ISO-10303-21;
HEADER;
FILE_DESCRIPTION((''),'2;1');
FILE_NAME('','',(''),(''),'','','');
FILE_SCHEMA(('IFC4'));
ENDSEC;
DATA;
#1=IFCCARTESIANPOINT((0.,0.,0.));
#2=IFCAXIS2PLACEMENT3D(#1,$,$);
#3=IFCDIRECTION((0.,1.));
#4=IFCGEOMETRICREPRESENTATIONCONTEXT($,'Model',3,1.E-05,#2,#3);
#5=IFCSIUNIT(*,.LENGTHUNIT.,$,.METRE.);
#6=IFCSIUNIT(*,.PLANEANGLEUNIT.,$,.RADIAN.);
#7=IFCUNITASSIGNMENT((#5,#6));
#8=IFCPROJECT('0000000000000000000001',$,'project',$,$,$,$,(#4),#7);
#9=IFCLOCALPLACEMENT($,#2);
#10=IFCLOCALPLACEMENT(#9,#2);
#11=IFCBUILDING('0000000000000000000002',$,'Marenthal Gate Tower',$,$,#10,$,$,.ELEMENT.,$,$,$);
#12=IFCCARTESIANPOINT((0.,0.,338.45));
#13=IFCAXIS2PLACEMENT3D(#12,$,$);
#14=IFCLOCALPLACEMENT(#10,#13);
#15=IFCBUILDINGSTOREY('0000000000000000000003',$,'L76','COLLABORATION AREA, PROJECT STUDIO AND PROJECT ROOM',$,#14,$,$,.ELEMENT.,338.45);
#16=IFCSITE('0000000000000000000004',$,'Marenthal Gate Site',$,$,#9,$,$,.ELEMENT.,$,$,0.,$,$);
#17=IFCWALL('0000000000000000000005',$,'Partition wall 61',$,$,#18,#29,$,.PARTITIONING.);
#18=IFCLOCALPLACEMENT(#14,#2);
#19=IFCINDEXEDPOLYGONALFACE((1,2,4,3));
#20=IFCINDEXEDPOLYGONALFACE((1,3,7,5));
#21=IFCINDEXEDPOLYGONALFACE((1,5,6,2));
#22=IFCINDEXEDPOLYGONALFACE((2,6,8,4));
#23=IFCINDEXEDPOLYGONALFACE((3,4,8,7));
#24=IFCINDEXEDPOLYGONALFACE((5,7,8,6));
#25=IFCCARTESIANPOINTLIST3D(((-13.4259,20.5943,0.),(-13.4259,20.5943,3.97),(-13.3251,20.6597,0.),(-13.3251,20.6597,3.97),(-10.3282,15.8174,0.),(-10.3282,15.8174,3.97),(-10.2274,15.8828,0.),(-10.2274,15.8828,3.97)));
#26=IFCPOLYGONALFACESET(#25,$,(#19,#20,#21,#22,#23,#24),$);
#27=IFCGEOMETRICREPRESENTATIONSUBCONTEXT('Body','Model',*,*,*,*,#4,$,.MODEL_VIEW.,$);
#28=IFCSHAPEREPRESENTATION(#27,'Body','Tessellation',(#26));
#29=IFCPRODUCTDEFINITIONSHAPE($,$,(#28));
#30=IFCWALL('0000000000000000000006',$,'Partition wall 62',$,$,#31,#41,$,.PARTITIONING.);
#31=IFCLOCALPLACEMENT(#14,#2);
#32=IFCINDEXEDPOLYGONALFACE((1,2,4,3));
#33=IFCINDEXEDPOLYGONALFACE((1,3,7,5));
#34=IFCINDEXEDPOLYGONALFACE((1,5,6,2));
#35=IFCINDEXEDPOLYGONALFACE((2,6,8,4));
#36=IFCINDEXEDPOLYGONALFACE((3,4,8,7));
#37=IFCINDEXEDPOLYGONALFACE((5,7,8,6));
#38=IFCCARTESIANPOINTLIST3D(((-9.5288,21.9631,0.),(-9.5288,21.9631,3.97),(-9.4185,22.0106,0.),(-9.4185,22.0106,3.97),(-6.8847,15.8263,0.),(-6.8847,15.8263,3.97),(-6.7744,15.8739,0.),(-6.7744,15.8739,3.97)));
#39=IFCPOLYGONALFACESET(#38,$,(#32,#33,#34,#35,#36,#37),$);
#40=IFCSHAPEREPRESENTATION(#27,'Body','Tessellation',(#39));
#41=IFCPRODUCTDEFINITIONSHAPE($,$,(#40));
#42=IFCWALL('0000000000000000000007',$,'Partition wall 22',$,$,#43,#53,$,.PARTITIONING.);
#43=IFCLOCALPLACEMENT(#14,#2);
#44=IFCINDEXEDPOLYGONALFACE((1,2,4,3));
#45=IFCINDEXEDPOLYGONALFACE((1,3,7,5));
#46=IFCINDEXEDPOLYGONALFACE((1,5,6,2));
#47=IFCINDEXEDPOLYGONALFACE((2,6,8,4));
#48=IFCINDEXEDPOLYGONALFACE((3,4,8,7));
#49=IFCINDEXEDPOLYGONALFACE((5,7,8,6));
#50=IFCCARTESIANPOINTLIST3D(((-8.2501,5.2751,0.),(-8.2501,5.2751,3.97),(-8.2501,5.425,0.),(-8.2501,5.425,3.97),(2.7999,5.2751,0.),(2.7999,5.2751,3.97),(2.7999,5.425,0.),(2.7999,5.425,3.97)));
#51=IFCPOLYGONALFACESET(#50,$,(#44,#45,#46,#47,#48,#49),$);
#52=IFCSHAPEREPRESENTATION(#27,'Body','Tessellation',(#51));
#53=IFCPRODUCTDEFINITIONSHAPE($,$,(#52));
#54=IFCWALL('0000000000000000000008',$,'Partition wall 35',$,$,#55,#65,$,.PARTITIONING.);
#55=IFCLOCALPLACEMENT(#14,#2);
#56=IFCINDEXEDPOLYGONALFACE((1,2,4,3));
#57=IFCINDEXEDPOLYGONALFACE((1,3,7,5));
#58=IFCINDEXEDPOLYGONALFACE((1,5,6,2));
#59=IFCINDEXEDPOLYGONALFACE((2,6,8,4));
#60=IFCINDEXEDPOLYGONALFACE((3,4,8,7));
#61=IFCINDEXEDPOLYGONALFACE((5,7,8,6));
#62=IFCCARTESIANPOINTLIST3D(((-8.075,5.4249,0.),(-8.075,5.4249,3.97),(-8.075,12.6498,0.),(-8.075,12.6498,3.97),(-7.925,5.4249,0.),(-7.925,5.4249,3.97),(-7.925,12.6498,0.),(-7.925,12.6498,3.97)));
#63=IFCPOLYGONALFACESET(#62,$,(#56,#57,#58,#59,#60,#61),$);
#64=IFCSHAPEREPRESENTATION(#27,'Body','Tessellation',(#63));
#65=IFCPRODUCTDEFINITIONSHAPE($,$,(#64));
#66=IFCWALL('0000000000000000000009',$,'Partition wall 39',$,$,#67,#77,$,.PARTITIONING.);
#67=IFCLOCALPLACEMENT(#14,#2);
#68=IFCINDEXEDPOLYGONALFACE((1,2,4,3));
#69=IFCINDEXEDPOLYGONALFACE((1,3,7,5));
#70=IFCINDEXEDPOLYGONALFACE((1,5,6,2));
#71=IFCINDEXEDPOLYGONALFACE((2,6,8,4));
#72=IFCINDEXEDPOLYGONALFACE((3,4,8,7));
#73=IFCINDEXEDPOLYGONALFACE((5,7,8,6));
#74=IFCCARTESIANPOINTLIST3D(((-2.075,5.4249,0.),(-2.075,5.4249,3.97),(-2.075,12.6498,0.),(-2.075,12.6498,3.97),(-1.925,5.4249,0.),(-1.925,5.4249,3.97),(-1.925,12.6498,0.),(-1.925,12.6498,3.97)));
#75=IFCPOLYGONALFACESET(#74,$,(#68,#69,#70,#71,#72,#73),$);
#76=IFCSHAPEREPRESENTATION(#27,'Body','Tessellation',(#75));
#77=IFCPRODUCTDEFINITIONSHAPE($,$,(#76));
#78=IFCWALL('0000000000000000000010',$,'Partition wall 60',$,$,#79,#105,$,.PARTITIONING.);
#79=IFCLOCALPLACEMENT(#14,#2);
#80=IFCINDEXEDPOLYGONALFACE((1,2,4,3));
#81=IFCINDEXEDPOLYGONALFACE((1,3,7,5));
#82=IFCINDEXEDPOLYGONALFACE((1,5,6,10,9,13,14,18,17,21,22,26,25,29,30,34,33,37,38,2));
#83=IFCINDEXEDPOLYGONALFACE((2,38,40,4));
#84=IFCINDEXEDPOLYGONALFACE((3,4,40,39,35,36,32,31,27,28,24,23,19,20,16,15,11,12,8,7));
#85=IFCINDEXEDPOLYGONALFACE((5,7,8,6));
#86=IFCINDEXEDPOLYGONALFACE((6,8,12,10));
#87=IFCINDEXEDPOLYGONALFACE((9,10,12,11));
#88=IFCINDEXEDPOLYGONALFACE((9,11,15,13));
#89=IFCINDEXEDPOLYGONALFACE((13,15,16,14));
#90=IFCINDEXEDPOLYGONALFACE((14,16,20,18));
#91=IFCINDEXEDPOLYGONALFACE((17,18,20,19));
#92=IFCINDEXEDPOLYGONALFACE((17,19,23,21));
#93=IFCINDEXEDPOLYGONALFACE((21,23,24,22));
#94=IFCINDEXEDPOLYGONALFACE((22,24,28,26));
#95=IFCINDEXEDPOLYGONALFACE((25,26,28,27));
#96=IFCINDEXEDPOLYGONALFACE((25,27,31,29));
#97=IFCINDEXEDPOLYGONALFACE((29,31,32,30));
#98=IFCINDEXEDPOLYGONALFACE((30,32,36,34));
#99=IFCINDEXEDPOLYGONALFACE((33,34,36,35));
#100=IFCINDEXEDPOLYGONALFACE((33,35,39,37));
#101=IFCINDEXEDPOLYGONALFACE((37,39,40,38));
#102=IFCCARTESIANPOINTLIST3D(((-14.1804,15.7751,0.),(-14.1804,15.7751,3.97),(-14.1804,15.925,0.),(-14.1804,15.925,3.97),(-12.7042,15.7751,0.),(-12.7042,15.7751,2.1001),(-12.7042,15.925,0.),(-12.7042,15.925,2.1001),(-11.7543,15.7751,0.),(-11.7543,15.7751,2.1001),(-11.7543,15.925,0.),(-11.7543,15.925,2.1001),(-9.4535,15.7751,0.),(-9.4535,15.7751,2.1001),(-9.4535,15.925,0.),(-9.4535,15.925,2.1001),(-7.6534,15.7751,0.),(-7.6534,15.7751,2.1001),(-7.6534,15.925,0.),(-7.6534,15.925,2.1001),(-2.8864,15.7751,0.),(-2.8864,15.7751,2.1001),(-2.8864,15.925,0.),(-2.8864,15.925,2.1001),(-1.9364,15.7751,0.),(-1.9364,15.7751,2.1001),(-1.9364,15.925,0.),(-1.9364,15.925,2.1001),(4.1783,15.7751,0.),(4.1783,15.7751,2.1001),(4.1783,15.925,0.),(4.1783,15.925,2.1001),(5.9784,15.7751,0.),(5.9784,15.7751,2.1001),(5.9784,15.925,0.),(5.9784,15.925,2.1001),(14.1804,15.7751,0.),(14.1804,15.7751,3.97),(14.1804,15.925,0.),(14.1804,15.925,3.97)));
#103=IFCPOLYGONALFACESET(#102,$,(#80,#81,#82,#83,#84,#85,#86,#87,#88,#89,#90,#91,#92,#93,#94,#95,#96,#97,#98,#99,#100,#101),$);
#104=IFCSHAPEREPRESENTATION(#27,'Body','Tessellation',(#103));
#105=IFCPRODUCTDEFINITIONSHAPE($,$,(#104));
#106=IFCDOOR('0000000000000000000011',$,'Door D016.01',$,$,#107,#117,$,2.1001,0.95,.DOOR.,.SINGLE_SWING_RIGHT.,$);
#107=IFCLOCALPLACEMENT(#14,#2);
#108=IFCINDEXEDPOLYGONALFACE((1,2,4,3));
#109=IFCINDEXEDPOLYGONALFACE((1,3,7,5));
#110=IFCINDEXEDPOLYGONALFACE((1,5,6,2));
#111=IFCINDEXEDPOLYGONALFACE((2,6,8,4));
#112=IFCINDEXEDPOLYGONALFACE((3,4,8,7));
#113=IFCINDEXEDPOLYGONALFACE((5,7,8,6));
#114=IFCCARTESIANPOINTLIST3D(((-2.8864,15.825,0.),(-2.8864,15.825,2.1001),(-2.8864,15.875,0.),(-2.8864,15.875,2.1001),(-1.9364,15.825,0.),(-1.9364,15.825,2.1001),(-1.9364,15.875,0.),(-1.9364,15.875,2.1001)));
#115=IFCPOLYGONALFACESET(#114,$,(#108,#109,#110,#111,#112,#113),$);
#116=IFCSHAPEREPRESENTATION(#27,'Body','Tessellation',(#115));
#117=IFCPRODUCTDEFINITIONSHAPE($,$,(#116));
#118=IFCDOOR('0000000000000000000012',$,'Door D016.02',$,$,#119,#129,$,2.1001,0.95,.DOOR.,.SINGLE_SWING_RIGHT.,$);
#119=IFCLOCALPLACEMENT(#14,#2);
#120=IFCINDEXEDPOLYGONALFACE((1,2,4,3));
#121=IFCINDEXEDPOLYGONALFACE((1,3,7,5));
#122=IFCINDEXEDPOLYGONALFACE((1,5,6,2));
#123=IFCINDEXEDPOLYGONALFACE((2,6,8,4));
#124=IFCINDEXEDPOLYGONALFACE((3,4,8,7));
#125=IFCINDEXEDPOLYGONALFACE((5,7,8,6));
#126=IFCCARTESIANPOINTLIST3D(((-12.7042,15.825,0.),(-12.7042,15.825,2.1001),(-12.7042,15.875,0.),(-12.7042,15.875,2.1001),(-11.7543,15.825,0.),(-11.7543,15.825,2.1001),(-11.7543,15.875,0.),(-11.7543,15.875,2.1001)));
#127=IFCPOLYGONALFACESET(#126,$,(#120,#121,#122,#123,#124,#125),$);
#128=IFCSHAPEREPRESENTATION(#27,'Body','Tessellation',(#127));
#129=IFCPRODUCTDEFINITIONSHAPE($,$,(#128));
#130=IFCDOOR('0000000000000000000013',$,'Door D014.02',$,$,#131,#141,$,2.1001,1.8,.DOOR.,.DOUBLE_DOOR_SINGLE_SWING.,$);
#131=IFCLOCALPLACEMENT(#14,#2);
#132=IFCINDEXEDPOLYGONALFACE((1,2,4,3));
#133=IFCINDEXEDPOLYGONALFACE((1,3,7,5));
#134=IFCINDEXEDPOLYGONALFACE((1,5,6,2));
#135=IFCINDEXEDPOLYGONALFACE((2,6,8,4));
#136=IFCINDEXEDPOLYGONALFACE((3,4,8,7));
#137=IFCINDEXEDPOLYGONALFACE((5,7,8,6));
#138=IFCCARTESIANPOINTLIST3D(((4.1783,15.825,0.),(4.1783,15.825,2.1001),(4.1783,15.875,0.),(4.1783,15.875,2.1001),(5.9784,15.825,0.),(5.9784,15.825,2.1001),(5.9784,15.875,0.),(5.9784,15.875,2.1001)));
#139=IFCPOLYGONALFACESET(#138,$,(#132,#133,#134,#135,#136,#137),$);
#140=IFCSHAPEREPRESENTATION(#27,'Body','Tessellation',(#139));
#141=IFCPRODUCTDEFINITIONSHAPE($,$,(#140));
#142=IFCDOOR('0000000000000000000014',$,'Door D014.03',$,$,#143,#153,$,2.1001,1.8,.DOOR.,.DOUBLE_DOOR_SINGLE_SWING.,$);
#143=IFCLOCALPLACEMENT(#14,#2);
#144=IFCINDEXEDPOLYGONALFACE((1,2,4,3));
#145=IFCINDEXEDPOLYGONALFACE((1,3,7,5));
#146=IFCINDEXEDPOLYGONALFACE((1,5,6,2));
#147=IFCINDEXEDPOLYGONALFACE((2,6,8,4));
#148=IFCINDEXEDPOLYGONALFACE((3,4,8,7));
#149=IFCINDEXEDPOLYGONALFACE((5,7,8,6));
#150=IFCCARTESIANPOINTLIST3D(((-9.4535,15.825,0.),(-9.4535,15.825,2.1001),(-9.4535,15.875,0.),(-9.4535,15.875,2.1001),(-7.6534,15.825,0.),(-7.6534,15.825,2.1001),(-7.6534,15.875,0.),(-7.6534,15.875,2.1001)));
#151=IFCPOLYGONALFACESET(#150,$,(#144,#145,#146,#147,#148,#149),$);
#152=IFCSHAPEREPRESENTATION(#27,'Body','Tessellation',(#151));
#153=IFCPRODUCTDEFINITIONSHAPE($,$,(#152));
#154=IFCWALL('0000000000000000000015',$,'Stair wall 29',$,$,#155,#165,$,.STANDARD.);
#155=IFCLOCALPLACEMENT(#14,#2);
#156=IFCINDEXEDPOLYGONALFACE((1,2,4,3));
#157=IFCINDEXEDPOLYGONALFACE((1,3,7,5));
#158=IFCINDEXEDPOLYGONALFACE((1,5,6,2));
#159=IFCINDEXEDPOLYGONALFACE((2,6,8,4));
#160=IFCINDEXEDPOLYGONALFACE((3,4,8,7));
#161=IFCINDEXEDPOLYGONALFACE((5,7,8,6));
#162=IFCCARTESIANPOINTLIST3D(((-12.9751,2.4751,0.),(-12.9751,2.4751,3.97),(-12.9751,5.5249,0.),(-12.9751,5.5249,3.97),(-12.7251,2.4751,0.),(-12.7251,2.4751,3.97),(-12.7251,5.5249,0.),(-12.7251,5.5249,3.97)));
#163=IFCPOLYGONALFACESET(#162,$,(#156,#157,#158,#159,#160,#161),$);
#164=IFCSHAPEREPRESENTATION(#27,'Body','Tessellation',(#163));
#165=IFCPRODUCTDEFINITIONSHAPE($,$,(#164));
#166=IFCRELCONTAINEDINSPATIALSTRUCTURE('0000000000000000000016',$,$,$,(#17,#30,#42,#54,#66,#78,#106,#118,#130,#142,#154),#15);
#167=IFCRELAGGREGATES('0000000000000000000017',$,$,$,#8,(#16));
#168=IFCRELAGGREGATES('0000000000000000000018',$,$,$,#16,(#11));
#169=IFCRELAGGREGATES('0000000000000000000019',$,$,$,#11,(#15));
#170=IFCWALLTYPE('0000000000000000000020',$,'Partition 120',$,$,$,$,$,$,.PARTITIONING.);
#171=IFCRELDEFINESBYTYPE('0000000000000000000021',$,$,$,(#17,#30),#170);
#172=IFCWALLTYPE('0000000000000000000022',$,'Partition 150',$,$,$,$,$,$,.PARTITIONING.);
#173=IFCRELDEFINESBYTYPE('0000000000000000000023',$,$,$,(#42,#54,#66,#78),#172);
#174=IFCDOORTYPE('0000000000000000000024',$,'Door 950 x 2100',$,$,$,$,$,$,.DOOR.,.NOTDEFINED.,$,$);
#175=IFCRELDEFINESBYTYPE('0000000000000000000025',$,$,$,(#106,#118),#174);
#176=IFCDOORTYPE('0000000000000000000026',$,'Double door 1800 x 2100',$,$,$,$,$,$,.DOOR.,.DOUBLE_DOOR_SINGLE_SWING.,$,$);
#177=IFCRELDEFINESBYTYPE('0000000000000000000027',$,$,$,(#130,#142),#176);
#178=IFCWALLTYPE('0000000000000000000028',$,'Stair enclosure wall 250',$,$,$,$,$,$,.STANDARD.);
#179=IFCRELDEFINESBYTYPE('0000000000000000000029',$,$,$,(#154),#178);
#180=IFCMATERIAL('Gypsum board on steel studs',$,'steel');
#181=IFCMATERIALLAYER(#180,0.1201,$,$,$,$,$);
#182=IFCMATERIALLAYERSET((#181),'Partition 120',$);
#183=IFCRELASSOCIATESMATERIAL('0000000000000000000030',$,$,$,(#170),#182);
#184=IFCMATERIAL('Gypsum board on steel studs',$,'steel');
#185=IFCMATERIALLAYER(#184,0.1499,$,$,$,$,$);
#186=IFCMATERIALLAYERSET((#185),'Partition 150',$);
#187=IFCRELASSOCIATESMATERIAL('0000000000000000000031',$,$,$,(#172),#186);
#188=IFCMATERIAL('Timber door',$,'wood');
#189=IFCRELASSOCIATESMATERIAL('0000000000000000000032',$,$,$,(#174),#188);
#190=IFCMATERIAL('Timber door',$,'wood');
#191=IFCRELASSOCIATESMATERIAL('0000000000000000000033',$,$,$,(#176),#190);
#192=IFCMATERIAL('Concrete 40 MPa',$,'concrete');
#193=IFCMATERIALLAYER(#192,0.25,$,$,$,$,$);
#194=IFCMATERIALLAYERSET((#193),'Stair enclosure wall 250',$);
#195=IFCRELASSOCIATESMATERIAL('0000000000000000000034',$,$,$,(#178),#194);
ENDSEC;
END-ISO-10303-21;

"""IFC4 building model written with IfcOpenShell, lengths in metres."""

from ifc_helpers import new_model, si_unit, direction, frame, frame_2d, origin, place, context, subcontext, project, spatial, rectangle, extrude, material, layer, layer_set, type_object, element, fill, save


model = new_model("IFC4")

# Units and contexts
model_context = context("Model", 3, precision=1e-05, world=origin(), true_north=direction((0.0, 1.0)))
body_context = subcontext(model_context, "Body", "Model", "MODEL_VIEW")
ifc_project = project(units=[si_unit("LENGTHUNIT", "METRE"), si_unit("PLANEANGLEUNIT", "RADIAN")], contexts=[model_context])

# Site, building, storey
site_placement = place(None, origin())
site = spatial("IfcSite", under=ifc_project, at=site_placement, Name="Marenthal Gate Site", CompositionType="ELEMENT", RefElevation=0.0)
building_placement = place(site_placement, origin())
building = spatial("IfcBuilding", under=site, at=building_placement, Name="Marenthal Gate Tower", CompositionType="ELEMENT")
storey_placement = place(building_placement, frame((0.0, 0.0, 338.45)))
storey = spatial("IfcBuildingStorey", under=building, at=storey_placement, Name="L76", Description="COLLABORATION AREA, PROJECT STUDIO AND PROJECT ROOM", CompositionType="ELEMENT", Elevation=338.45)

# Walls
ifc_material_1 = material(Name="Gypsum board on steel studs", Category="steel")
ifc_layer_1 = layer(ifc_material_1, 0.1201)
ifc_layer_set_1 = layer_set([ifc_layer_1], Name="Partition 120")
wall_type_1 = type_object("IfcWallType", Name="Partition 120", PredefinedType="PARTITIONING", material=ifc_layer_set_1)
wall_1_placement = place(storey_placement, frame((-10.2778, 15.8501, 0.0), z_axis=(0.0, 0.0, 1.0), x_axis=(-0.544087, 0.839029, 0.0)))
element("IfcWall", 1, at=wall_1_placement, inside=storey, type_object=wall_type_1, Name="Partition wall 61", PredefinedType="PARTITIONING", context=body_context, shape_type="SweptSolid", body=[
    extrude(rectangle(XDim=5.6934, YDim=0.1201, at=frame_2d((2.8467, 0.0))), origin(), (0.0, 0.0, 1.0), 3.97),
])
wall_2_placement = place(storey_placement, frame((-6.8296, 15.8501, 0.0), z_axis=(0.0, 0.0, 1.0), x_axis=(-0.395691, 0.918384, 0.0)))
element("IfcWall", 2, at=wall_2_placement, inside=storey, type_object=wall_type_1, Name="Partition wall 62", PredefinedType="PARTITIONING", context=body_context, shape_type="SweptSolid", body=[
    extrude(rectangle(XDim=6.6821, YDim=0.1201, at=frame_2d((3.3411, 0.0))), origin(), (0.0, 0.0, 1.0), 3.97),
])
ifc_material_2 = material(Name="Gypsum board on steel studs", Category="steel")
ifc_layer_2 = layer(ifc_material_2, 0.1499)
ifc_layer_set_2 = layer_set([ifc_layer_2], Name="Partition 150")
wall_type_2 = type_object("IfcWallType", Name="Partition 150", PredefinedType="PARTITIONING", material=ifc_layer_set_2)
wall_3_placement = place(storey_placement, frame((-8.25, 5.3501, 0.0), z_axis=(0.0, 0.0, 1.0), x_axis=(1.0, 0.0, 0.0)))
element("IfcWall", 3, at=wall_3_placement, inside=storey, type_object=wall_type_2, Name="Partition wall 22", PredefinedType="PARTITIONING", context=body_context, shape_type="SweptSolid", body=[
    extrude(rectangle(XDim=11.05, YDim=0.1499, at=frame_2d((5.5249, 0.0))), origin(), (0.0, 0.0, 1.0), 3.97),
])
for number, where, z_axis, x_axis, name in (
    (4, (-8.0, 5.425, 0.0), (0.0, 0.0, 1.0), (0.0, 1.0, 0.0), "Partition wall 35"),
    (5, (-2.0, 5.425, 0.0), (0.0, 0.0, 1.0), (0.0, 1.0, 0.0), "Partition wall 39"),
):
    element("IfcWall", number, at=place(storey_placement, frame(where, z_axis=z_axis, x_axis=x_axis)), inside=storey, type_object=wall_type_2, Name=name, PredefinedType="PARTITIONING", context=body_context, shape_type="SweptSolid", body=[
        extrude(rectangle(XDim=7.2249, YDim=0.1499, at=frame_2d((3.6123, 0.0))), origin(), (0.0, 0.0, 1.0), 3.97),
    ])

# Wall, openings, doors
wall_4_placement = place(storey_placement, frame((-14.1804, 15.8501, 0.0), z_axis=(0.0, 0.0, 1.0), x_axis=(1.0, 0.0, 0.0)))
wall_4 = element("IfcWall", 6, at=wall_4_placement, inside=storey, type_object=wall_type_2, Name="Partition wall 60", PredefinedType="PARTITIONING", context=body_context, shape_type="SweptSolid", body=[
    extrude(rectangle(XDim=28.3608, YDim=0.1499, at=frame_2d((14.1804, 0.0))), origin(), (0.0, 0.0, 1.0), 3.97),
])
opening_1_placement = place(wall_4_placement, frame((11.2939, 0.0, 0.0)))
opening_1 = element("IfcOpeningElement", 7, at=opening_1_placement, cuts=wall_4, PredefinedType="OPENING", context=body_context, shape_type="SweptSolid", body=[
    extrude(rectangle(XDim=0.95, YDim=2.1001, at=frame_2d((0.4751, 1.05))), frame((0.0, 0.085, 0.0), z_axis=(0.0, -1.0, 0.0), x_axis=(1.0, 0.0, 0.0)), (0.0, 0.0, 1.0), 0.1699),
])
opening_2_placement = place(wall_4_placement, frame((18.3589, 0.0, 0.0)))
opening_2 = element("IfcOpeningElement", 8, at=opening_2_placement, cuts=wall_4, PredefinedType="OPENING", context=body_context, shape_type="SweptSolid", body=[
    extrude(rectangle(XDim=1.8, YDim=2.1001, at=frame_2d((0.8999, 1.05))), frame((0.0, 0.085, 0.0), z_axis=(0.0, -1.0, 0.0), x_axis=(1.0, 0.0, 0.0)), (0.0, 0.0, 1.0), 0.1699),
])
opening_3_placement = place(wall_4_placement, frame((4.7271, 0.0, 0.0)))
opening_3 = element("IfcOpeningElement", 9, at=opening_3_placement, cuts=wall_4, PredefinedType="OPENING", context=body_context, shape_type="SweptSolid", body=[
    extrude(rectangle(XDim=1.8, YDim=2.1001, at=frame_2d((0.8999, 1.05))), frame((0.0, 0.085, 0.0), z_axis=(0.0, -1.0, 0.0), x_axis=(1.0, 0.0, 0.0)), (0.0, 0.0, 1.0), 0.1699),
])
opening_4_placement = place(wall_4_placement, frame((1.4761, 0.0, 0.0)))
opening_4 = element("IfcOpeningElement", 10, at=opening_4_placement, cuts=wall_4, PredefinedType="OPENING", context=body_context, shape_type="SweptSolid", body=[
    extrude(rectangle(XDim=0.95, YDim=2.1001, at=frame_2d((0.4751, 1.05))), frame((0.0, 0.085, 0.0), z_axis=(0.0, -1.0, 0.0), x_axis=(1.0, 0.0, 0.0)), (0.0, 0.0, 1.0), 0.1699),
])
ifc_material_3 = material(Name="Timber door", Category="wood")
door_type_1 = type_object("IfcDoorType", Name="Door 950 x 2100", OperationType="NOTDEFINED", PredefinedType="DOOR", material=ifc_material_3)
door_1_placement = place(opening_1_placement, origin())
door_1 = element("IfcDoor", 11, at=door_1_placement, inside=storey, type_object=door_type_1, Name="Door D016.01", OperationType="SINGLE_SWING_RIGHT", OverallHeight=2.1001, OverallWidth=0.95, PredefinedType="DOOR", context=body_context, shape_type="SweptSolid", body=[
    extrude(rectangle(XDim=0.95, YDim=2.1001, at=frame_2d((0.4751, 1.05))), frame((0.0, 0.0249, 0.0), z_axis=(0.0, -1.0, 0.0), x_axis=(1.0, 0.0, 0.0)), (0.0, 0.0, 1.0), 0.05),
])
fill(opening_1, door_1)
door_2_placement = place(opening_4_placement, origin())
door_2 = element("IfcDoor", 12, at=door_2_placement, inside=storey, type_object=door_type_1, Name="Door D016.02", OperationType="SINGLE_SWING_RIGHT", OverallHeight=2.1001, OverallWidth=0.95, PredefinedType="DOOR", context=body_context, shape_type="SweptSolid", body=[
    extrude(rectangle(XDim=0.95, YDim=2.1001, at=frame_2d((0.4751, 1.05))), frame((0.0, 0.0249, 0.0), z_axis=(0.0, -1.0, 0.0), x_axis=(1.0, 0.0, 0.0)), (0.0, 0.0, 1.0), 0.05),
])
fill(opening_4, door_2)
ifc_material_4 = material(Name="Timber door", Category="wood")
door_type_2 = type_object("IfcDoorType", Name="Double door 1800 x 2100", OperationType="DOUBLE_DOOR_SINGLE_SWING", PredefinedType="DOOR", material=ifc_material_4)
door_3_placement = place(opening_2_placement, origin())
door_3 = element("IfcDoor", 13, at=door_3_placement, inside=storey, type_object=door_type_2, Name="Door D014.02", OperationType="DOUBLE_DOOR_SINGLE_SWING", OverallHeight=2.1001, OverallWidth=1.8, PredefinedType="DOOR", context=body_context, shape_type="SweptSolid", body=[
    extrude(rectangle(XDim=1.8, YDim=2.1001, at=frame_2d((0.8999, 1.05))), frame((0.0, 0.0249, 0.0), z_axis=(0.0, -1.0, 0.0), x_axis=(1.0, 0.0, 0.0)), (0.0, 0.0, 1.0), 0.05),
])
fill(opening_2, door_3)
door_4_placement = place(opening_3_placement, origin())
door_4 = element("IfcDoor", 14, at=door_4_placement, inside=storey, type_object=door_type_2, Name="Door D014.03", OperationType="DOUBLE_DOOR_SINGLE_SWING", OverallHeight=2.1001, OverallWidth=1.8, PredefinedType="DOOR", context=body_context, shape_type="SweptSolid", body=[
    extrude(rectangle(XDim=1.8, YDim=2.1001, at=frame_2d((0.8999, 1.05))), frame((0.0, 0.0249, 0.0), z_axis=(0.0, -1.0, 0.0), x_axis=(1.0, 0.0, 0.0)), (0.0, 0.0, 1.0), 0.05),
])
fill(opening_3, door_4)

# Wall
ifc_material_5 = material(Name="Concrete 40 MPa", Category="concrete")
ifc_layer_3 = layer(ifc_material_5, 0.25)
ifc_layer_set_3 = layer_set([ifc_layer_3], Name="Stair enclosure wall 250")
wall_type_3 = type_object("IfcWallType", Name="Stair enclosure wall 250", PredefinedType="STANDARD", material=ifc_layer_set_3)
wall_5_placement = place(storey_placement, frame((-12.8501, 2.4751, 0.0), z_axis=(0.0, 0.0, 1.0), x_axis=(0.0, 1.0, 0.0)))
element("IfcWall", 15, at=wall_5_placement, inside=storey, type_object=wall_type_3, Name="Stair wall 29", PredefinedType="STANDARD", context=body_context, shape_type="SweptSolid", body=[
    extrude(rectangle(XDim=3.0498, YDim=0.25, at=frame_2d((1.5249, 0.0))), origin(), (0.0, 0.0, 1.0), 3.97),
])

save(model, "model.ifc")
